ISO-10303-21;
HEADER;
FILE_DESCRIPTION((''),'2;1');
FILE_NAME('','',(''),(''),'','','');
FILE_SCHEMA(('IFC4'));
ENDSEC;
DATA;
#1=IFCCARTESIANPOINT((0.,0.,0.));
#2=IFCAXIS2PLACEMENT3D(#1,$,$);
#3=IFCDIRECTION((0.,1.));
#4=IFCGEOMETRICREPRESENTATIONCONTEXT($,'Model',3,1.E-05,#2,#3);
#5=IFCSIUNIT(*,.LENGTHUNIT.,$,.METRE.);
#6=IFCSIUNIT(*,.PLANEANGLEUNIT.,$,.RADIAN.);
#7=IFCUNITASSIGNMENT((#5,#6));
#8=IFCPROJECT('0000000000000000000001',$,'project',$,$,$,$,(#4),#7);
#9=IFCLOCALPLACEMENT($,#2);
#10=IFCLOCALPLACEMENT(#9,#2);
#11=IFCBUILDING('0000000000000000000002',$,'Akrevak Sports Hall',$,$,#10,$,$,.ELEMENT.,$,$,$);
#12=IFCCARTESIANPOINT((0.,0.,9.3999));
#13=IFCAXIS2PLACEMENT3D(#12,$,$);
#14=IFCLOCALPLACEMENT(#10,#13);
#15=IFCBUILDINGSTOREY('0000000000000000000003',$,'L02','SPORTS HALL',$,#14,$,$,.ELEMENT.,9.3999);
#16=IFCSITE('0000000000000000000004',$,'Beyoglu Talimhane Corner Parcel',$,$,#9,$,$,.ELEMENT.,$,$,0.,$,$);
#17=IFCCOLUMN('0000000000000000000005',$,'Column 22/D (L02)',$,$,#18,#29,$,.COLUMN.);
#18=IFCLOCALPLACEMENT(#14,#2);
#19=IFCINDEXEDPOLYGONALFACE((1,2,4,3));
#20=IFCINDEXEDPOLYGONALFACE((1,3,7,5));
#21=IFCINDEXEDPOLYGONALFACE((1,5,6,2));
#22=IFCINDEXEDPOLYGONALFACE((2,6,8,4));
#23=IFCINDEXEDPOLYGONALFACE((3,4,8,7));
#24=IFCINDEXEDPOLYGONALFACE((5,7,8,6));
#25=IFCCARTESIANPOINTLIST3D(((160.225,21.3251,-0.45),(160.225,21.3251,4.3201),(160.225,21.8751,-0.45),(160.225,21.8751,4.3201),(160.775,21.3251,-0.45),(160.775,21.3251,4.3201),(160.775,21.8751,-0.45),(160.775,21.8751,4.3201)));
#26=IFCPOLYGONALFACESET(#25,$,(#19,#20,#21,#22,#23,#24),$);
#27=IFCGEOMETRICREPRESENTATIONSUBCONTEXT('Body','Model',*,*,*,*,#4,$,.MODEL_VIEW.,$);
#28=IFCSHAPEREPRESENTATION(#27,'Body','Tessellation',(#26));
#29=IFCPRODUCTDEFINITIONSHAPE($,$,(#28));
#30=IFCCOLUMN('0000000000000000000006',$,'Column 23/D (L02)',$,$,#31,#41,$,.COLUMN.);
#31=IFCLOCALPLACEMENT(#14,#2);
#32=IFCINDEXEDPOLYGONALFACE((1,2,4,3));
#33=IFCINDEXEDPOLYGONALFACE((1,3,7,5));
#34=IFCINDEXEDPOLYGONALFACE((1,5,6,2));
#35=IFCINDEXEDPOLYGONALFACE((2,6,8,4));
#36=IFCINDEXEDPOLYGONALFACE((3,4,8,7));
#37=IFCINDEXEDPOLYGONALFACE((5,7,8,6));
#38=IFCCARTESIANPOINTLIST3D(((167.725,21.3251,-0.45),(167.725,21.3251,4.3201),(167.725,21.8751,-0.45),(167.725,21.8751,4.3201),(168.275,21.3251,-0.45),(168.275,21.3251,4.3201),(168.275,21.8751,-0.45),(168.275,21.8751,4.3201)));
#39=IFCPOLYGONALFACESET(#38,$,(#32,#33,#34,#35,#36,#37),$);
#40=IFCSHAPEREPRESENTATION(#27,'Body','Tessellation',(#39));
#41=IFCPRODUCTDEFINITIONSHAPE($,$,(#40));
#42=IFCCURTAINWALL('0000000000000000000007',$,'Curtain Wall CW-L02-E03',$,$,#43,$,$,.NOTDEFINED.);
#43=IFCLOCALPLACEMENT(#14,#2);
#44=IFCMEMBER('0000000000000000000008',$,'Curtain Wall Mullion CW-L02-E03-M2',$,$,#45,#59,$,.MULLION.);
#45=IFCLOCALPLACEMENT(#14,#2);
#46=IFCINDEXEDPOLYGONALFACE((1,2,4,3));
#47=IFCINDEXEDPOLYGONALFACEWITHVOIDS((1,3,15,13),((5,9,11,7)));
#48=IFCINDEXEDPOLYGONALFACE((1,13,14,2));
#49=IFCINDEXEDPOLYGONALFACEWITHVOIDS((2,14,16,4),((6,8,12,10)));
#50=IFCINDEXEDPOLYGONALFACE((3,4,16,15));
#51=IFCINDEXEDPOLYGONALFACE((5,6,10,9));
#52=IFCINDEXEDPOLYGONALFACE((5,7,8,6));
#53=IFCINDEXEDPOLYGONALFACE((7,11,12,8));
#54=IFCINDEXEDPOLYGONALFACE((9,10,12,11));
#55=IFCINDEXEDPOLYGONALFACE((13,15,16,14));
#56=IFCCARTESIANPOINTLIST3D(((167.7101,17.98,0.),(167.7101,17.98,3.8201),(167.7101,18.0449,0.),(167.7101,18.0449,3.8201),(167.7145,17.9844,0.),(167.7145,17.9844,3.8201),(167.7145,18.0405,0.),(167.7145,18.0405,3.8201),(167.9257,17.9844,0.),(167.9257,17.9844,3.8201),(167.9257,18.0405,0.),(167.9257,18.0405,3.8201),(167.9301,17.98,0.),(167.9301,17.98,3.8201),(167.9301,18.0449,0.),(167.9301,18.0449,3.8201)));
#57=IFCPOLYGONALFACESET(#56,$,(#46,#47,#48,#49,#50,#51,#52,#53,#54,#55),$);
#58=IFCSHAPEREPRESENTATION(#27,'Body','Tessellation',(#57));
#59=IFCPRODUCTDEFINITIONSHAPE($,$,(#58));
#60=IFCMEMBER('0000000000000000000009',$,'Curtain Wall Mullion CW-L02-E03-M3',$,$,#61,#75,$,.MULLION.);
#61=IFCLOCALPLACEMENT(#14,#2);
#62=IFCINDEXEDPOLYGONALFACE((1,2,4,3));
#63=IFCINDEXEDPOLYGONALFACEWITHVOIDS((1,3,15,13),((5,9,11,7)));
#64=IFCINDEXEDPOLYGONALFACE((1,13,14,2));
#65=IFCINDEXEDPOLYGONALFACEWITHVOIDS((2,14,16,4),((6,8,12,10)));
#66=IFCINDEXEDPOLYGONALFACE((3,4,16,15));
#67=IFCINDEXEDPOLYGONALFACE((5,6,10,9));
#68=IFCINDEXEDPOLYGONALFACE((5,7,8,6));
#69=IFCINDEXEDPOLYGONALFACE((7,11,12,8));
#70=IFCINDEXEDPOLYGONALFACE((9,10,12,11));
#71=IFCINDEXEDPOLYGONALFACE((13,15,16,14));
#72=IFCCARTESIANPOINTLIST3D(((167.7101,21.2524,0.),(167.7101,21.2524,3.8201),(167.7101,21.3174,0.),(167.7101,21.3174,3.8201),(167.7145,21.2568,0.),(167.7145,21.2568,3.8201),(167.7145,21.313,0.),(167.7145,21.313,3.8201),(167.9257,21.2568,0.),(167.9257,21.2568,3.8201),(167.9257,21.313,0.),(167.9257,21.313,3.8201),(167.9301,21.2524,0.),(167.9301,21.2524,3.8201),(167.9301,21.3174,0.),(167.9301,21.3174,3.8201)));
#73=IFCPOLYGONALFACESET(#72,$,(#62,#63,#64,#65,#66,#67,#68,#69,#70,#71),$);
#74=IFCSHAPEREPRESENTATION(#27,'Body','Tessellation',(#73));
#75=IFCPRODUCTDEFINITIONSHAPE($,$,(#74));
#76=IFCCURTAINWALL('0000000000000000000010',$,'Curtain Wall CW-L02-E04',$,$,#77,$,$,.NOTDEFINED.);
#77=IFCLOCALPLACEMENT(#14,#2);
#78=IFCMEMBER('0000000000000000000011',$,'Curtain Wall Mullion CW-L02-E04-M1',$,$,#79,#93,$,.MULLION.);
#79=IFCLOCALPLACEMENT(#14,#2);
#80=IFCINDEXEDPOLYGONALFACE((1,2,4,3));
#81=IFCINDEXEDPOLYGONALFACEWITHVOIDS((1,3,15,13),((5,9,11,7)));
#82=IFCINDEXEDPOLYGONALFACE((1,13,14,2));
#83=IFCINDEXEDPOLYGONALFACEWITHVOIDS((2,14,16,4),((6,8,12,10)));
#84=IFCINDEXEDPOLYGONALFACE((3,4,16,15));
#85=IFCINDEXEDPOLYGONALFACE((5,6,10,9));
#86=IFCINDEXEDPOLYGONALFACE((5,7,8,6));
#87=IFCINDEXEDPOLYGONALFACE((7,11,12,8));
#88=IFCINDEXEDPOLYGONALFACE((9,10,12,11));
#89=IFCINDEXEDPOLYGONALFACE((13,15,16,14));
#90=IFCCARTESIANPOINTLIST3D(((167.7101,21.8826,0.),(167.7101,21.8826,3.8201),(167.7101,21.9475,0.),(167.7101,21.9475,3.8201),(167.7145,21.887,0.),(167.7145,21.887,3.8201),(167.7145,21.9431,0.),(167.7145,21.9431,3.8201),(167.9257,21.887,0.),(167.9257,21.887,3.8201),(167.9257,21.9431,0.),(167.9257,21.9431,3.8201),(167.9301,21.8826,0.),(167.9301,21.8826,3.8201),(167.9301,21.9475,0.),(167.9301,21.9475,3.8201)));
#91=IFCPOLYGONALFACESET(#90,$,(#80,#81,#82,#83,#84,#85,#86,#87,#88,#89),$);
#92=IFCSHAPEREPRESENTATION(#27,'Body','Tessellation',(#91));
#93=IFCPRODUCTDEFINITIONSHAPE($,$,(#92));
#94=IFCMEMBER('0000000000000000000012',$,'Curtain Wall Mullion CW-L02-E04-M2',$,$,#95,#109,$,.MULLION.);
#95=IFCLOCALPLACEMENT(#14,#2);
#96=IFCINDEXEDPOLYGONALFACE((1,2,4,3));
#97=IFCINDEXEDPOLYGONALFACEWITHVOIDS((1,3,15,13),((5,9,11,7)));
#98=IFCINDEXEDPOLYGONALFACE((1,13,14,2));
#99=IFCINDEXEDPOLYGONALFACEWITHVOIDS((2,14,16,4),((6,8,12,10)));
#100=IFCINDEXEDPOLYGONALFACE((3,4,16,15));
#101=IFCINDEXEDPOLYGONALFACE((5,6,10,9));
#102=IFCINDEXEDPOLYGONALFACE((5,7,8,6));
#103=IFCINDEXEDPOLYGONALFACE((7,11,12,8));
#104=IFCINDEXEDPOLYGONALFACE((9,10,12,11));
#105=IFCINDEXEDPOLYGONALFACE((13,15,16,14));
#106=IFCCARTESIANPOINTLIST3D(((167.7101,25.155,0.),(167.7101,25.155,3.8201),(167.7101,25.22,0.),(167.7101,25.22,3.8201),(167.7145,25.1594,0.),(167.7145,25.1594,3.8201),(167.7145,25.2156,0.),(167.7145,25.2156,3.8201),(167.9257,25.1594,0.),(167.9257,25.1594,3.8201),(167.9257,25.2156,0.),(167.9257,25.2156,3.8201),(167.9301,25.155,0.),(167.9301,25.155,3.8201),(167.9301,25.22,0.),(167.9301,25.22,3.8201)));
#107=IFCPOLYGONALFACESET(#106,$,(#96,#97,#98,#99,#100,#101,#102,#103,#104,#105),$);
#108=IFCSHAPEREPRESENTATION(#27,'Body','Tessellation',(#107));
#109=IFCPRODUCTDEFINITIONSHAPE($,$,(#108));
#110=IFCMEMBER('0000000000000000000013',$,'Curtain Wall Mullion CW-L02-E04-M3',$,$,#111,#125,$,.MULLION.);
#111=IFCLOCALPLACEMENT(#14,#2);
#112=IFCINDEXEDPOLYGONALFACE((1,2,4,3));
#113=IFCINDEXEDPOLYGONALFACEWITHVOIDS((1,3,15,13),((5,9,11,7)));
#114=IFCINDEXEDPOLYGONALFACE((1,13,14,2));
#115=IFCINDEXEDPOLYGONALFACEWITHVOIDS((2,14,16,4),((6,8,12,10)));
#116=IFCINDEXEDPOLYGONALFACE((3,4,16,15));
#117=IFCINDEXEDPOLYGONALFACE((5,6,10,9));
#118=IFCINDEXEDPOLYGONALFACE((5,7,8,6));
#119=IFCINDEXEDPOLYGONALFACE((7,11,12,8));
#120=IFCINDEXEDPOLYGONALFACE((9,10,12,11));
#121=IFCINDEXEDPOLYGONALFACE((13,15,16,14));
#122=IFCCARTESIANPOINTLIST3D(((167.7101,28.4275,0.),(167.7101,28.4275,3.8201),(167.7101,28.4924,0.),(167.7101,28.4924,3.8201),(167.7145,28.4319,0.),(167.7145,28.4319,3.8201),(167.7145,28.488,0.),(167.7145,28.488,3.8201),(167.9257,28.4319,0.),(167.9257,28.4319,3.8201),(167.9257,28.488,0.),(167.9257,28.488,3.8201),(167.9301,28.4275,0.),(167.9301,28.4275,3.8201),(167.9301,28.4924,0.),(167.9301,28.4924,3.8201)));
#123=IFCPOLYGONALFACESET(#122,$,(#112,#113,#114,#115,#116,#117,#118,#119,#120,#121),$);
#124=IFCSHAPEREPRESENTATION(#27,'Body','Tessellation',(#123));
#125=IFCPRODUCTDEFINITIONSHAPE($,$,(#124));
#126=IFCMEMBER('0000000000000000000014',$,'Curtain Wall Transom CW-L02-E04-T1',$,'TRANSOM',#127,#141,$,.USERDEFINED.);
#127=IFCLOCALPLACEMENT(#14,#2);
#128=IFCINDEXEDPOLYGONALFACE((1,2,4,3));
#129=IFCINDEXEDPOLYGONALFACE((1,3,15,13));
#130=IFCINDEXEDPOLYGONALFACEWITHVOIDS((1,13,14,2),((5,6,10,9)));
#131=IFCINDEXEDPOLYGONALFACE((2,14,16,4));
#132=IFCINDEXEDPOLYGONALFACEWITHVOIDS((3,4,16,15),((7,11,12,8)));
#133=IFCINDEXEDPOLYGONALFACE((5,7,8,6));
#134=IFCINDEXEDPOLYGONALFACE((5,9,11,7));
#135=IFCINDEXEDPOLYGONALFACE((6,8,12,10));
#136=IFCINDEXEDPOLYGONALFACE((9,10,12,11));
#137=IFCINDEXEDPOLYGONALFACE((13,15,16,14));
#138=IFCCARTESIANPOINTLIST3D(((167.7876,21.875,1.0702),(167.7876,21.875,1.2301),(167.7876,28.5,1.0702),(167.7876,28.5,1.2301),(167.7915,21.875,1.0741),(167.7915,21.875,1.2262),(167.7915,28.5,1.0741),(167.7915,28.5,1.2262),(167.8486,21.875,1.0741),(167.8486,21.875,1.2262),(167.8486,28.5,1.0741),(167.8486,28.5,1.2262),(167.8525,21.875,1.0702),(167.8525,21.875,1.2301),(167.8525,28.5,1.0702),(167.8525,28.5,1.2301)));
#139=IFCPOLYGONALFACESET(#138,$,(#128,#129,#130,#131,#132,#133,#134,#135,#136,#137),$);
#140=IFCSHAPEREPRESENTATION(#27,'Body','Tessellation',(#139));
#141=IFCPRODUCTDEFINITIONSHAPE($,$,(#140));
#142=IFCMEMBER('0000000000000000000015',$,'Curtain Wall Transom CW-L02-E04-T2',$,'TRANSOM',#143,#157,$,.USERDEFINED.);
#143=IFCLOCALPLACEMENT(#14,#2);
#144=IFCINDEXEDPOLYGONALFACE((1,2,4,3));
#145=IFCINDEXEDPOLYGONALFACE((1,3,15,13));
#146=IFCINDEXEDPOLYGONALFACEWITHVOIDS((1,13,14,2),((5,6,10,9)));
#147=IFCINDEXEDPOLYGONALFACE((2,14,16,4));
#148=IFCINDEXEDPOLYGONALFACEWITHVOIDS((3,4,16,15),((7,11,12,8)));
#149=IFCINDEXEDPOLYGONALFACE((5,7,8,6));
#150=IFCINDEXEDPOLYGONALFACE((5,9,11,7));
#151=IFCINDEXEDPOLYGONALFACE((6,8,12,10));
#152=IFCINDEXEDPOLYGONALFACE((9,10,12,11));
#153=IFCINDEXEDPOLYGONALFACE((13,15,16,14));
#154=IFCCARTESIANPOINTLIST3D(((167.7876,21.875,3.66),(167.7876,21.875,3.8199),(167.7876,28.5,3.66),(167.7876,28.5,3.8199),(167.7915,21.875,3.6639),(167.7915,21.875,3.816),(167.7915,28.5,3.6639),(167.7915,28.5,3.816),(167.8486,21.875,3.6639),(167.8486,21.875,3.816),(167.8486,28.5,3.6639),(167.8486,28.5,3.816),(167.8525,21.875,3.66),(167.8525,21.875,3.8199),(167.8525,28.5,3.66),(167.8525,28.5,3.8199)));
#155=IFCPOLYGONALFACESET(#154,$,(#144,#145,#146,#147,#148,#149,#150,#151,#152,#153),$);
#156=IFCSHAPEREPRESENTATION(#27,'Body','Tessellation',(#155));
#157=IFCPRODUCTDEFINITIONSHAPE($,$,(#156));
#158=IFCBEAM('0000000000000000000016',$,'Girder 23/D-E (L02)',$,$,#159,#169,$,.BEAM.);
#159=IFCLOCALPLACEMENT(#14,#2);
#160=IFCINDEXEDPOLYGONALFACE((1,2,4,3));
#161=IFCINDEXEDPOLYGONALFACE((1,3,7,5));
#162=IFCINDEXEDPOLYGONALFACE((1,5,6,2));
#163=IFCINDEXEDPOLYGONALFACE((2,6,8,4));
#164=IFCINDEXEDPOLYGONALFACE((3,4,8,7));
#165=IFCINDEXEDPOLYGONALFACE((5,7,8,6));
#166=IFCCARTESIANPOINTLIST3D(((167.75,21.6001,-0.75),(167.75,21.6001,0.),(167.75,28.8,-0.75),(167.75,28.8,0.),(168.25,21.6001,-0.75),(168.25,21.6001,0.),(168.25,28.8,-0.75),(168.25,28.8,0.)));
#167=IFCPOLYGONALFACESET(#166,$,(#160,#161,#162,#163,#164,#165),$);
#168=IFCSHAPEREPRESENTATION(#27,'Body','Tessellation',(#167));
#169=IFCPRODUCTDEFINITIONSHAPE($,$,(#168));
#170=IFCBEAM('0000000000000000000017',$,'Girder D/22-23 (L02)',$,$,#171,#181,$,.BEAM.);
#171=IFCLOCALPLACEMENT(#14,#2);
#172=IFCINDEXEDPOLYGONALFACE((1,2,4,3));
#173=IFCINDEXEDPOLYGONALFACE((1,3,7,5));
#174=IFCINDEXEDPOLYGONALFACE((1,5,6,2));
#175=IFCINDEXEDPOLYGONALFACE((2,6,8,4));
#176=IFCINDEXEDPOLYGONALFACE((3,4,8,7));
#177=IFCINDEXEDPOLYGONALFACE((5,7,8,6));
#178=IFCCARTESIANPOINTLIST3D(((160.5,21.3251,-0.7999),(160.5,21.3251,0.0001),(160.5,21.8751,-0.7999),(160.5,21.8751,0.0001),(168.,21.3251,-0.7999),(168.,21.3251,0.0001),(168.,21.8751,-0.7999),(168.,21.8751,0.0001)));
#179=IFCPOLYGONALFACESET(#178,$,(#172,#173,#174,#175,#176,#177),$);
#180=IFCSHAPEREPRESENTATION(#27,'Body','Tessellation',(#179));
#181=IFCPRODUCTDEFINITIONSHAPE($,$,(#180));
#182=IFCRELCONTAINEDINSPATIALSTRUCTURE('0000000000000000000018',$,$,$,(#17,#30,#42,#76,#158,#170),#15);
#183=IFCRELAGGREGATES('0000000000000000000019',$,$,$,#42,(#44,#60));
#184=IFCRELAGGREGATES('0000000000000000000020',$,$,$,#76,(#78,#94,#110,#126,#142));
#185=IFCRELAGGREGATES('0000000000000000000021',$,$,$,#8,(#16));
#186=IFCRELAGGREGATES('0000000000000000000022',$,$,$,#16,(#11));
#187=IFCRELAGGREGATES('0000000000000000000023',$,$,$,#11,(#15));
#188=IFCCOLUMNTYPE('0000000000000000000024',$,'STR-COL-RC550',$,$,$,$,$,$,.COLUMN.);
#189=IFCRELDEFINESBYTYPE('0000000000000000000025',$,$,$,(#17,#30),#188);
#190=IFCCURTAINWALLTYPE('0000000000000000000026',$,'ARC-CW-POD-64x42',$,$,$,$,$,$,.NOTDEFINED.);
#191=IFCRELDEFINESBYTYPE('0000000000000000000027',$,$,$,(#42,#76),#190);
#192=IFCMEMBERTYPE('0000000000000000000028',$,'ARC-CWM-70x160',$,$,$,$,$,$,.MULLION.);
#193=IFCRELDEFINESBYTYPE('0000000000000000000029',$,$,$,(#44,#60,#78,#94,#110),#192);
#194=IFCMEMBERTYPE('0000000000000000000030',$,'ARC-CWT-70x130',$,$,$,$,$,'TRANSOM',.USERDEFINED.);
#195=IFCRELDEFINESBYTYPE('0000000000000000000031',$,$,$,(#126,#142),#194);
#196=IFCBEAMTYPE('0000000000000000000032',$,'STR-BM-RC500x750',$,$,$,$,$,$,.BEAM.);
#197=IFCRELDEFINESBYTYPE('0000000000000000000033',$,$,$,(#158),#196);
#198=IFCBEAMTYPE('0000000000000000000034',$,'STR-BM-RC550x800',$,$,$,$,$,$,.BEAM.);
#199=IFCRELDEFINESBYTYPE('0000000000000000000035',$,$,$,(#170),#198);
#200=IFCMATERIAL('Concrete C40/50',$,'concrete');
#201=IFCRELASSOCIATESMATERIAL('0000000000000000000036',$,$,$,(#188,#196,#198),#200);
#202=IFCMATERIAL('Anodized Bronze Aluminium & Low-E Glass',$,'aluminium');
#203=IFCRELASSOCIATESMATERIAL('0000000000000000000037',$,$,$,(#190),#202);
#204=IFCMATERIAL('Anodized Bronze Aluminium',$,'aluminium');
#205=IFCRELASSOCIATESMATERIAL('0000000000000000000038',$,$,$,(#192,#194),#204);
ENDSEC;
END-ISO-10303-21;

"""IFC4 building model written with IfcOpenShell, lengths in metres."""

from ifc_helpers import new_model, si_unit, direction, frame, origin, origin_2d, place, context, subcontext, project, spatial, rectangle, hollow_rectangle, extrude, material, material_profile, profile_set, type_object, element, aggregate, save


model = new_model("IFC4")

# Units and contexts
model_context = context("Model", 3, precision=1e-05, world=origin(), true_north=direction((0.0, 1.0)))
body_context = subcontext(model_context, "Body", "Model", "MODEL_VIEW")
ifc_project = project(units=[si_unit("LENGTHUNIT", "METRE"), si_unit("PLANEANGLEUNIT", "RADIAN")], contexts=[model_context])

# Site, building, storey
site_placement = place(None, origin())
site = spatial("IfcSite", under=ifc_project, at=site_placement, Name="Beyoglu Talimhane Corner Parcel", CompositionType="ELEMENT", RefElevation=0.0)
building_placement = place(site_placement, origin())
building = spatial("IfcBuilding", under=site, at=building_placement, Name="Akrevak Sports Hall", CompositionType="ELEMENT")
storey_placement = place(building_placement, frame((0.0, 0.0, 9.3999)))
storey = spatial("IfcBuildingStorey", under=building, at=storey_placement, Name="L02", Description="SPORTS HALL", CompositionType="ELEMENT", Elevation=9.3999)

# Columns
ifc_material_1 = material(Name="Concrete C40/50", Category="concrete")
ifc_material_profile_1 = material_profile(ifc_material_1, rectangle(XDim=0.55, YDim=0.55, at=origin_2d()), Name="RC 550x550", Category="concrete")
ifc_profile_set_1 = profile_set([ifc_material_profile_1], Name="Concrete C40/50")
column_type = type_object("IfcColumnType", Name="STR-COL-RC550", PredefinedType="COLUMN", material=ifc_profile_set_1)
for number, where, z_axis, x_axis, name in (
    (1, (160.5, 21.6001, -0.45), (0.0, 0.0, 1.0), (1.0, 0.0, 0.0), "Column 22/D (L02)"),
    (2, (168.0, 21.6001, -0.45), (0.0, 0.0, 1.0), (1.0, 0.0, 0.0), "Column 23/D (L02)"),
):
    element("IfcColumn", number, at=place(storey_placement, frame(where, z_axis=z_axis, x_axis=x_axis)), inside=storey, type_object=column_type, Name=name, PredefinedType="COLUMN", context=body_context, shape_type="SweptSolid", body=[
        extrude(rectangle(XDim=0.55, YDim=0.55, at=origin_2d()), origin(), (0.0, 0.0, 1.0), 4.77),
    ])

# Curtain walls, members
ifc_material_2 = material(Name="Anodized Bronze Aluminium & Low-E Glass", Category="aluminium")
curtain_wall_type = type_object("IfcCurtainWallType", Name="ARC-CW-POD-64x42", PredefinedType="NOTDEFINED", material=ifc_material_2)
curtain_wall_1_placement = place(storey_placement, origin())
curtain_wall_1 = element("IfcCurtainWall", 3, at=curtain_wall_1_placement, inside=storey, type_object=curtain_wall_type, Name="Curtain Wall CW-L02-E03", PredefinedType="NOTDEFINED")
ifc_material_3 = material(Name="Anodized Bronze Aluminium", Category="aluminium")
ifc_material_profile_2 = material_profile(ifc_material_3, hollow_rectangle(XDim=0.0649, YDim=0.22, WallThickness=0.0044, at=origin_2d()), Name="CWM 65x220", Category="aluminium")
ifc_profile_set_2 = profile_set([ifc_material_profile_2], Name="Anodized Bronze Aluminium")
member_type_1 = type_object("IfcMemberType", Name="ARC-CWM-70x160", PredefinedType="MULLION", material=ifc_profile_set_2)
member_1_placement = place(storey_placement, frame((167.8201, 18.0125, 0.0), z_axis=(0.0, 0.0, 1.0), x_axis=(0.0, 1.0, 0.0)))
member_1 = element("IfcMember", 4, at=member_1_placement, type_object=member_type_1, Name="Curtain Wall Mullion CW-L02-E03-M2", PredefinedType="MULLION", context=body_context, shape_type="SweptSolid", body=[
    extrude(hollow_rectangle(XDim=0.0649, YDim=0.22, WallThickness=0.0044, at=origin_2d()), origin(), (0.0, 0.0, 1.0), 3.8201),
])
member_2_placement = place(storey_placement, frame((167.8201, 21.2849, 0.0), z_axis=(0.0, 0.0, 1.0), x_axis=(0.0, 1.0, 0.0)))
member_2 = element("IfcMember", 5, at=member_2_placement, type_object=member_type_1, Name="Curtain Wall Mullion CW-L02-E03-M3", PredefinedType="MULLION", context=body_context, shape_type="SweptSolid", body=[
    extrude(hollow_rectangle(XDim=0.0649, YDim=0.22, WallThickness=0.0044, at=origin_2d()), origin(), (0.0, 0.0, 1.0), 3.8201),
])
curtain_wall_2_placement = place(storey_placement, origin())
curtain_wall_2 = element("IfcCurtainWall", 6, at=curtain_wall_2_placement, inside=storey, type_object=curtain_wall_type, Name="Curtain Wall CW-L02-E04", PredefinedType="NOTDEFINED")
member_3_placement = place(storey_placement, frame((167.8201, 21.915, 0.0), z_axis=(0.0, 0.0, 1.0), x_axis=(0.0, 1.0, 0.0)))
member_3 = element("IfcMember", 7, at=member_3_placement, type_object=member_type_1, Name="Curtain Wall Mullion CW-L02-E04-M1", PredefinedType="MULLION", context=body_context, shape_type="SweptSolid", body=[
    extrude(hollow_rectangle(XDim=0.0649, YDim=0.22, WallThickness=0.0044, at=origin_2d()), origin(), (0.0, 0.0, 1.0), 3.8201),
])
member_4_placement = place(storey_placement, frame((167.8201, 25.1875, 0.0), z_axis=(0.0, 0.0, 1.0), x_axis=(0.0, 1.0, 0.0)))
member_4 = element("IfcMember", 8, at=member_4_placement, type_object=member_type_1, Name="Curtain Wall Mullion CW-L02-E04-M2", PredefinedType="MULLION", context=body_context, shape_type="SweptSolid", body=[
    extrude(hollow_rectangle(XDim=0.0649, YDim=0.22, WallThickness=0.0044, at=origin_2d()), origin(), (0.0, 0.0, 1.0), 3.8201),
])
member_5_placement = place(storey_placement, frame((167.8201, 28.46, 0.0), z_axis=(0.0, 0.0, 1.0), x_axis=(0.0, 1.0, 0.0)))
member_5 = element("IfcMember", 9, at=member_5_placement, type_object=member_type_1, Name="Curtain Wall Mullion CW-L02-E04-M3", PredefinedType="MULLION", context=body_context, shape_type="SweptSolid", body=[
    extrude(hollow_rectangle(XDim=0.0649, YDim=0.22, WallThickness=0.0044, at=origin_2d()), origin(), (0.0, 0.0, 1.0), 3.8201),
])
ifc_material_profile_3 = material_profile(ifc_material_3, hollow_rectangle(XDim=0.0649, YDim=0.1599, WallThickness=0.0039, at=origin_2d()), Name="CWT 65x160", Category="aluminium")
ifc_profile_set_3 = profile_set([ifc_material_profile_3], Name="Anodized Bronze Aluminium")
member_type_2 = type_object("IfcMemberType", Name="ARC-CWT-70x130", ElementType="TRANSOM", PredefinedType="USERDEFINED", material=ifc_profile_set_3)
member_6_placement = place(storey_placement, frame((167.8201, 21.875, 1.1501), z_axis=(0.0, 1.0, 0.0), x_axis=(-1.0, 0.0, 0.0)))
member_6 = element("IfcMember", 10, at=member_6_placement, type_object=member_type_2, Name="Curtain Wall Transom CW-L02-E04-T1", ObjectType="TRANSOM", PredefinedType="USERDEFINED", context=body_context, shape_type="SweptSolid", body=[
    extrude(hollow_rectangle(XDim=0.0649, YDim=0.1599, WallThickness=0.0039, at=origin_2d()), origin(), (0.0, 0.0, 1.0), 6.625),
])
member_7_placement = place(storey_placement, frame((167.8201, 21.875, 3.74), z_axis=(0.0, 1.0, 0.0), x_axis=(-1.0, 0.0, 0.0)))
member_7 = element("IfcMember", 11, at=member_7_placement, type_object=member_type_2, Name="Curtain Wall Transom CW-L02-E04-T2", ObjectType="TRANSOM", PredefinedType="USERDEFINED", context=body_context, shape_type="SweptSolid", body=[
    extrude(hollow_rectangle(XDim=0.0649, YDim=0.1599, WallThickness=0.0039, at=origin_2d()), origin(), (0.0, 0.0, 1.0), 6.625),
])

# Beams
ifc_material_profile_4 = material_profile(ifc_material_1, rectangle(XDim=0.5, YDim=0.75, at=origin_2d()), Name="BM 500x750", Category="concrete")
ifc_profile_set_4 = profile_set([ifc_material_profile_4], Name="Concrete C40/50")
beam_type_1 = type_object("IfcBeamType", Name="STR-BM-RC500x750", PredefinedType="BEAM", material=ifc_profile_set_4)
beam_1_placement = place(storey_placement, frame((168.0, 21.6001, -0.375), z_axis=(0.0, 1.0, 0.0), x_axis=(-1.0, 0.0, 0.0)))
element("IfcBeam", 12, at=beam_1_placement, inside=storey, type_object=beam_type_1, Name="Girder 23/D-E (L02)", PredefinedType="BEAM", context=body_context, shape_type="SweptSolid", body=[
    extrude(rectangle(XDim=0.5, YDim=0.75, at=origin_2d()), origin(), (0.0, 0.0, 1.0), 7.2),
])
ifc_material_profile_5 = material_profile(ifc_material_1, rectangle(XDim=0.55, YDim=0.8, at=origin_2d()), Name="BM 550x800", Category="concrete")
ifc_profile_set_5 = profile_set([ifc_material_profile_5], Name="Concrete C40/50")
beam_type_2 = type_object("IfcBeamType", Name="STR-BM-RC550x800", PredefinedType="BEAM", material=ifc_profile_set_5)
beam_2_placement = place(storey_placement, frame((160.5, 21.6001, -0.3999), z_axis=(1.0, 0.0, 0.0), x_axis=(0.0, 1.0, 0.0)))
element("IfcBeam", 13, at=beam_2_placement, inside=storey, type_object=beam_type_2, Name="Girder D/22-23 (L02)", PredefinedType="BEAM", context=body_context, shape_type="SweptSolid", body=[
    extrude(rectangle(XDim=0.55, YDim=0.8, at=origin_2d()), origin(), (0.0, 0.0, 1.0), 7.5),
])

aggregate(curtain_wall_1, [member_1, member_2])
aggregate(curtain_wall_2, [member_3, member_4, member_5, member_6, member_7])

save(model, "model.ifc")
